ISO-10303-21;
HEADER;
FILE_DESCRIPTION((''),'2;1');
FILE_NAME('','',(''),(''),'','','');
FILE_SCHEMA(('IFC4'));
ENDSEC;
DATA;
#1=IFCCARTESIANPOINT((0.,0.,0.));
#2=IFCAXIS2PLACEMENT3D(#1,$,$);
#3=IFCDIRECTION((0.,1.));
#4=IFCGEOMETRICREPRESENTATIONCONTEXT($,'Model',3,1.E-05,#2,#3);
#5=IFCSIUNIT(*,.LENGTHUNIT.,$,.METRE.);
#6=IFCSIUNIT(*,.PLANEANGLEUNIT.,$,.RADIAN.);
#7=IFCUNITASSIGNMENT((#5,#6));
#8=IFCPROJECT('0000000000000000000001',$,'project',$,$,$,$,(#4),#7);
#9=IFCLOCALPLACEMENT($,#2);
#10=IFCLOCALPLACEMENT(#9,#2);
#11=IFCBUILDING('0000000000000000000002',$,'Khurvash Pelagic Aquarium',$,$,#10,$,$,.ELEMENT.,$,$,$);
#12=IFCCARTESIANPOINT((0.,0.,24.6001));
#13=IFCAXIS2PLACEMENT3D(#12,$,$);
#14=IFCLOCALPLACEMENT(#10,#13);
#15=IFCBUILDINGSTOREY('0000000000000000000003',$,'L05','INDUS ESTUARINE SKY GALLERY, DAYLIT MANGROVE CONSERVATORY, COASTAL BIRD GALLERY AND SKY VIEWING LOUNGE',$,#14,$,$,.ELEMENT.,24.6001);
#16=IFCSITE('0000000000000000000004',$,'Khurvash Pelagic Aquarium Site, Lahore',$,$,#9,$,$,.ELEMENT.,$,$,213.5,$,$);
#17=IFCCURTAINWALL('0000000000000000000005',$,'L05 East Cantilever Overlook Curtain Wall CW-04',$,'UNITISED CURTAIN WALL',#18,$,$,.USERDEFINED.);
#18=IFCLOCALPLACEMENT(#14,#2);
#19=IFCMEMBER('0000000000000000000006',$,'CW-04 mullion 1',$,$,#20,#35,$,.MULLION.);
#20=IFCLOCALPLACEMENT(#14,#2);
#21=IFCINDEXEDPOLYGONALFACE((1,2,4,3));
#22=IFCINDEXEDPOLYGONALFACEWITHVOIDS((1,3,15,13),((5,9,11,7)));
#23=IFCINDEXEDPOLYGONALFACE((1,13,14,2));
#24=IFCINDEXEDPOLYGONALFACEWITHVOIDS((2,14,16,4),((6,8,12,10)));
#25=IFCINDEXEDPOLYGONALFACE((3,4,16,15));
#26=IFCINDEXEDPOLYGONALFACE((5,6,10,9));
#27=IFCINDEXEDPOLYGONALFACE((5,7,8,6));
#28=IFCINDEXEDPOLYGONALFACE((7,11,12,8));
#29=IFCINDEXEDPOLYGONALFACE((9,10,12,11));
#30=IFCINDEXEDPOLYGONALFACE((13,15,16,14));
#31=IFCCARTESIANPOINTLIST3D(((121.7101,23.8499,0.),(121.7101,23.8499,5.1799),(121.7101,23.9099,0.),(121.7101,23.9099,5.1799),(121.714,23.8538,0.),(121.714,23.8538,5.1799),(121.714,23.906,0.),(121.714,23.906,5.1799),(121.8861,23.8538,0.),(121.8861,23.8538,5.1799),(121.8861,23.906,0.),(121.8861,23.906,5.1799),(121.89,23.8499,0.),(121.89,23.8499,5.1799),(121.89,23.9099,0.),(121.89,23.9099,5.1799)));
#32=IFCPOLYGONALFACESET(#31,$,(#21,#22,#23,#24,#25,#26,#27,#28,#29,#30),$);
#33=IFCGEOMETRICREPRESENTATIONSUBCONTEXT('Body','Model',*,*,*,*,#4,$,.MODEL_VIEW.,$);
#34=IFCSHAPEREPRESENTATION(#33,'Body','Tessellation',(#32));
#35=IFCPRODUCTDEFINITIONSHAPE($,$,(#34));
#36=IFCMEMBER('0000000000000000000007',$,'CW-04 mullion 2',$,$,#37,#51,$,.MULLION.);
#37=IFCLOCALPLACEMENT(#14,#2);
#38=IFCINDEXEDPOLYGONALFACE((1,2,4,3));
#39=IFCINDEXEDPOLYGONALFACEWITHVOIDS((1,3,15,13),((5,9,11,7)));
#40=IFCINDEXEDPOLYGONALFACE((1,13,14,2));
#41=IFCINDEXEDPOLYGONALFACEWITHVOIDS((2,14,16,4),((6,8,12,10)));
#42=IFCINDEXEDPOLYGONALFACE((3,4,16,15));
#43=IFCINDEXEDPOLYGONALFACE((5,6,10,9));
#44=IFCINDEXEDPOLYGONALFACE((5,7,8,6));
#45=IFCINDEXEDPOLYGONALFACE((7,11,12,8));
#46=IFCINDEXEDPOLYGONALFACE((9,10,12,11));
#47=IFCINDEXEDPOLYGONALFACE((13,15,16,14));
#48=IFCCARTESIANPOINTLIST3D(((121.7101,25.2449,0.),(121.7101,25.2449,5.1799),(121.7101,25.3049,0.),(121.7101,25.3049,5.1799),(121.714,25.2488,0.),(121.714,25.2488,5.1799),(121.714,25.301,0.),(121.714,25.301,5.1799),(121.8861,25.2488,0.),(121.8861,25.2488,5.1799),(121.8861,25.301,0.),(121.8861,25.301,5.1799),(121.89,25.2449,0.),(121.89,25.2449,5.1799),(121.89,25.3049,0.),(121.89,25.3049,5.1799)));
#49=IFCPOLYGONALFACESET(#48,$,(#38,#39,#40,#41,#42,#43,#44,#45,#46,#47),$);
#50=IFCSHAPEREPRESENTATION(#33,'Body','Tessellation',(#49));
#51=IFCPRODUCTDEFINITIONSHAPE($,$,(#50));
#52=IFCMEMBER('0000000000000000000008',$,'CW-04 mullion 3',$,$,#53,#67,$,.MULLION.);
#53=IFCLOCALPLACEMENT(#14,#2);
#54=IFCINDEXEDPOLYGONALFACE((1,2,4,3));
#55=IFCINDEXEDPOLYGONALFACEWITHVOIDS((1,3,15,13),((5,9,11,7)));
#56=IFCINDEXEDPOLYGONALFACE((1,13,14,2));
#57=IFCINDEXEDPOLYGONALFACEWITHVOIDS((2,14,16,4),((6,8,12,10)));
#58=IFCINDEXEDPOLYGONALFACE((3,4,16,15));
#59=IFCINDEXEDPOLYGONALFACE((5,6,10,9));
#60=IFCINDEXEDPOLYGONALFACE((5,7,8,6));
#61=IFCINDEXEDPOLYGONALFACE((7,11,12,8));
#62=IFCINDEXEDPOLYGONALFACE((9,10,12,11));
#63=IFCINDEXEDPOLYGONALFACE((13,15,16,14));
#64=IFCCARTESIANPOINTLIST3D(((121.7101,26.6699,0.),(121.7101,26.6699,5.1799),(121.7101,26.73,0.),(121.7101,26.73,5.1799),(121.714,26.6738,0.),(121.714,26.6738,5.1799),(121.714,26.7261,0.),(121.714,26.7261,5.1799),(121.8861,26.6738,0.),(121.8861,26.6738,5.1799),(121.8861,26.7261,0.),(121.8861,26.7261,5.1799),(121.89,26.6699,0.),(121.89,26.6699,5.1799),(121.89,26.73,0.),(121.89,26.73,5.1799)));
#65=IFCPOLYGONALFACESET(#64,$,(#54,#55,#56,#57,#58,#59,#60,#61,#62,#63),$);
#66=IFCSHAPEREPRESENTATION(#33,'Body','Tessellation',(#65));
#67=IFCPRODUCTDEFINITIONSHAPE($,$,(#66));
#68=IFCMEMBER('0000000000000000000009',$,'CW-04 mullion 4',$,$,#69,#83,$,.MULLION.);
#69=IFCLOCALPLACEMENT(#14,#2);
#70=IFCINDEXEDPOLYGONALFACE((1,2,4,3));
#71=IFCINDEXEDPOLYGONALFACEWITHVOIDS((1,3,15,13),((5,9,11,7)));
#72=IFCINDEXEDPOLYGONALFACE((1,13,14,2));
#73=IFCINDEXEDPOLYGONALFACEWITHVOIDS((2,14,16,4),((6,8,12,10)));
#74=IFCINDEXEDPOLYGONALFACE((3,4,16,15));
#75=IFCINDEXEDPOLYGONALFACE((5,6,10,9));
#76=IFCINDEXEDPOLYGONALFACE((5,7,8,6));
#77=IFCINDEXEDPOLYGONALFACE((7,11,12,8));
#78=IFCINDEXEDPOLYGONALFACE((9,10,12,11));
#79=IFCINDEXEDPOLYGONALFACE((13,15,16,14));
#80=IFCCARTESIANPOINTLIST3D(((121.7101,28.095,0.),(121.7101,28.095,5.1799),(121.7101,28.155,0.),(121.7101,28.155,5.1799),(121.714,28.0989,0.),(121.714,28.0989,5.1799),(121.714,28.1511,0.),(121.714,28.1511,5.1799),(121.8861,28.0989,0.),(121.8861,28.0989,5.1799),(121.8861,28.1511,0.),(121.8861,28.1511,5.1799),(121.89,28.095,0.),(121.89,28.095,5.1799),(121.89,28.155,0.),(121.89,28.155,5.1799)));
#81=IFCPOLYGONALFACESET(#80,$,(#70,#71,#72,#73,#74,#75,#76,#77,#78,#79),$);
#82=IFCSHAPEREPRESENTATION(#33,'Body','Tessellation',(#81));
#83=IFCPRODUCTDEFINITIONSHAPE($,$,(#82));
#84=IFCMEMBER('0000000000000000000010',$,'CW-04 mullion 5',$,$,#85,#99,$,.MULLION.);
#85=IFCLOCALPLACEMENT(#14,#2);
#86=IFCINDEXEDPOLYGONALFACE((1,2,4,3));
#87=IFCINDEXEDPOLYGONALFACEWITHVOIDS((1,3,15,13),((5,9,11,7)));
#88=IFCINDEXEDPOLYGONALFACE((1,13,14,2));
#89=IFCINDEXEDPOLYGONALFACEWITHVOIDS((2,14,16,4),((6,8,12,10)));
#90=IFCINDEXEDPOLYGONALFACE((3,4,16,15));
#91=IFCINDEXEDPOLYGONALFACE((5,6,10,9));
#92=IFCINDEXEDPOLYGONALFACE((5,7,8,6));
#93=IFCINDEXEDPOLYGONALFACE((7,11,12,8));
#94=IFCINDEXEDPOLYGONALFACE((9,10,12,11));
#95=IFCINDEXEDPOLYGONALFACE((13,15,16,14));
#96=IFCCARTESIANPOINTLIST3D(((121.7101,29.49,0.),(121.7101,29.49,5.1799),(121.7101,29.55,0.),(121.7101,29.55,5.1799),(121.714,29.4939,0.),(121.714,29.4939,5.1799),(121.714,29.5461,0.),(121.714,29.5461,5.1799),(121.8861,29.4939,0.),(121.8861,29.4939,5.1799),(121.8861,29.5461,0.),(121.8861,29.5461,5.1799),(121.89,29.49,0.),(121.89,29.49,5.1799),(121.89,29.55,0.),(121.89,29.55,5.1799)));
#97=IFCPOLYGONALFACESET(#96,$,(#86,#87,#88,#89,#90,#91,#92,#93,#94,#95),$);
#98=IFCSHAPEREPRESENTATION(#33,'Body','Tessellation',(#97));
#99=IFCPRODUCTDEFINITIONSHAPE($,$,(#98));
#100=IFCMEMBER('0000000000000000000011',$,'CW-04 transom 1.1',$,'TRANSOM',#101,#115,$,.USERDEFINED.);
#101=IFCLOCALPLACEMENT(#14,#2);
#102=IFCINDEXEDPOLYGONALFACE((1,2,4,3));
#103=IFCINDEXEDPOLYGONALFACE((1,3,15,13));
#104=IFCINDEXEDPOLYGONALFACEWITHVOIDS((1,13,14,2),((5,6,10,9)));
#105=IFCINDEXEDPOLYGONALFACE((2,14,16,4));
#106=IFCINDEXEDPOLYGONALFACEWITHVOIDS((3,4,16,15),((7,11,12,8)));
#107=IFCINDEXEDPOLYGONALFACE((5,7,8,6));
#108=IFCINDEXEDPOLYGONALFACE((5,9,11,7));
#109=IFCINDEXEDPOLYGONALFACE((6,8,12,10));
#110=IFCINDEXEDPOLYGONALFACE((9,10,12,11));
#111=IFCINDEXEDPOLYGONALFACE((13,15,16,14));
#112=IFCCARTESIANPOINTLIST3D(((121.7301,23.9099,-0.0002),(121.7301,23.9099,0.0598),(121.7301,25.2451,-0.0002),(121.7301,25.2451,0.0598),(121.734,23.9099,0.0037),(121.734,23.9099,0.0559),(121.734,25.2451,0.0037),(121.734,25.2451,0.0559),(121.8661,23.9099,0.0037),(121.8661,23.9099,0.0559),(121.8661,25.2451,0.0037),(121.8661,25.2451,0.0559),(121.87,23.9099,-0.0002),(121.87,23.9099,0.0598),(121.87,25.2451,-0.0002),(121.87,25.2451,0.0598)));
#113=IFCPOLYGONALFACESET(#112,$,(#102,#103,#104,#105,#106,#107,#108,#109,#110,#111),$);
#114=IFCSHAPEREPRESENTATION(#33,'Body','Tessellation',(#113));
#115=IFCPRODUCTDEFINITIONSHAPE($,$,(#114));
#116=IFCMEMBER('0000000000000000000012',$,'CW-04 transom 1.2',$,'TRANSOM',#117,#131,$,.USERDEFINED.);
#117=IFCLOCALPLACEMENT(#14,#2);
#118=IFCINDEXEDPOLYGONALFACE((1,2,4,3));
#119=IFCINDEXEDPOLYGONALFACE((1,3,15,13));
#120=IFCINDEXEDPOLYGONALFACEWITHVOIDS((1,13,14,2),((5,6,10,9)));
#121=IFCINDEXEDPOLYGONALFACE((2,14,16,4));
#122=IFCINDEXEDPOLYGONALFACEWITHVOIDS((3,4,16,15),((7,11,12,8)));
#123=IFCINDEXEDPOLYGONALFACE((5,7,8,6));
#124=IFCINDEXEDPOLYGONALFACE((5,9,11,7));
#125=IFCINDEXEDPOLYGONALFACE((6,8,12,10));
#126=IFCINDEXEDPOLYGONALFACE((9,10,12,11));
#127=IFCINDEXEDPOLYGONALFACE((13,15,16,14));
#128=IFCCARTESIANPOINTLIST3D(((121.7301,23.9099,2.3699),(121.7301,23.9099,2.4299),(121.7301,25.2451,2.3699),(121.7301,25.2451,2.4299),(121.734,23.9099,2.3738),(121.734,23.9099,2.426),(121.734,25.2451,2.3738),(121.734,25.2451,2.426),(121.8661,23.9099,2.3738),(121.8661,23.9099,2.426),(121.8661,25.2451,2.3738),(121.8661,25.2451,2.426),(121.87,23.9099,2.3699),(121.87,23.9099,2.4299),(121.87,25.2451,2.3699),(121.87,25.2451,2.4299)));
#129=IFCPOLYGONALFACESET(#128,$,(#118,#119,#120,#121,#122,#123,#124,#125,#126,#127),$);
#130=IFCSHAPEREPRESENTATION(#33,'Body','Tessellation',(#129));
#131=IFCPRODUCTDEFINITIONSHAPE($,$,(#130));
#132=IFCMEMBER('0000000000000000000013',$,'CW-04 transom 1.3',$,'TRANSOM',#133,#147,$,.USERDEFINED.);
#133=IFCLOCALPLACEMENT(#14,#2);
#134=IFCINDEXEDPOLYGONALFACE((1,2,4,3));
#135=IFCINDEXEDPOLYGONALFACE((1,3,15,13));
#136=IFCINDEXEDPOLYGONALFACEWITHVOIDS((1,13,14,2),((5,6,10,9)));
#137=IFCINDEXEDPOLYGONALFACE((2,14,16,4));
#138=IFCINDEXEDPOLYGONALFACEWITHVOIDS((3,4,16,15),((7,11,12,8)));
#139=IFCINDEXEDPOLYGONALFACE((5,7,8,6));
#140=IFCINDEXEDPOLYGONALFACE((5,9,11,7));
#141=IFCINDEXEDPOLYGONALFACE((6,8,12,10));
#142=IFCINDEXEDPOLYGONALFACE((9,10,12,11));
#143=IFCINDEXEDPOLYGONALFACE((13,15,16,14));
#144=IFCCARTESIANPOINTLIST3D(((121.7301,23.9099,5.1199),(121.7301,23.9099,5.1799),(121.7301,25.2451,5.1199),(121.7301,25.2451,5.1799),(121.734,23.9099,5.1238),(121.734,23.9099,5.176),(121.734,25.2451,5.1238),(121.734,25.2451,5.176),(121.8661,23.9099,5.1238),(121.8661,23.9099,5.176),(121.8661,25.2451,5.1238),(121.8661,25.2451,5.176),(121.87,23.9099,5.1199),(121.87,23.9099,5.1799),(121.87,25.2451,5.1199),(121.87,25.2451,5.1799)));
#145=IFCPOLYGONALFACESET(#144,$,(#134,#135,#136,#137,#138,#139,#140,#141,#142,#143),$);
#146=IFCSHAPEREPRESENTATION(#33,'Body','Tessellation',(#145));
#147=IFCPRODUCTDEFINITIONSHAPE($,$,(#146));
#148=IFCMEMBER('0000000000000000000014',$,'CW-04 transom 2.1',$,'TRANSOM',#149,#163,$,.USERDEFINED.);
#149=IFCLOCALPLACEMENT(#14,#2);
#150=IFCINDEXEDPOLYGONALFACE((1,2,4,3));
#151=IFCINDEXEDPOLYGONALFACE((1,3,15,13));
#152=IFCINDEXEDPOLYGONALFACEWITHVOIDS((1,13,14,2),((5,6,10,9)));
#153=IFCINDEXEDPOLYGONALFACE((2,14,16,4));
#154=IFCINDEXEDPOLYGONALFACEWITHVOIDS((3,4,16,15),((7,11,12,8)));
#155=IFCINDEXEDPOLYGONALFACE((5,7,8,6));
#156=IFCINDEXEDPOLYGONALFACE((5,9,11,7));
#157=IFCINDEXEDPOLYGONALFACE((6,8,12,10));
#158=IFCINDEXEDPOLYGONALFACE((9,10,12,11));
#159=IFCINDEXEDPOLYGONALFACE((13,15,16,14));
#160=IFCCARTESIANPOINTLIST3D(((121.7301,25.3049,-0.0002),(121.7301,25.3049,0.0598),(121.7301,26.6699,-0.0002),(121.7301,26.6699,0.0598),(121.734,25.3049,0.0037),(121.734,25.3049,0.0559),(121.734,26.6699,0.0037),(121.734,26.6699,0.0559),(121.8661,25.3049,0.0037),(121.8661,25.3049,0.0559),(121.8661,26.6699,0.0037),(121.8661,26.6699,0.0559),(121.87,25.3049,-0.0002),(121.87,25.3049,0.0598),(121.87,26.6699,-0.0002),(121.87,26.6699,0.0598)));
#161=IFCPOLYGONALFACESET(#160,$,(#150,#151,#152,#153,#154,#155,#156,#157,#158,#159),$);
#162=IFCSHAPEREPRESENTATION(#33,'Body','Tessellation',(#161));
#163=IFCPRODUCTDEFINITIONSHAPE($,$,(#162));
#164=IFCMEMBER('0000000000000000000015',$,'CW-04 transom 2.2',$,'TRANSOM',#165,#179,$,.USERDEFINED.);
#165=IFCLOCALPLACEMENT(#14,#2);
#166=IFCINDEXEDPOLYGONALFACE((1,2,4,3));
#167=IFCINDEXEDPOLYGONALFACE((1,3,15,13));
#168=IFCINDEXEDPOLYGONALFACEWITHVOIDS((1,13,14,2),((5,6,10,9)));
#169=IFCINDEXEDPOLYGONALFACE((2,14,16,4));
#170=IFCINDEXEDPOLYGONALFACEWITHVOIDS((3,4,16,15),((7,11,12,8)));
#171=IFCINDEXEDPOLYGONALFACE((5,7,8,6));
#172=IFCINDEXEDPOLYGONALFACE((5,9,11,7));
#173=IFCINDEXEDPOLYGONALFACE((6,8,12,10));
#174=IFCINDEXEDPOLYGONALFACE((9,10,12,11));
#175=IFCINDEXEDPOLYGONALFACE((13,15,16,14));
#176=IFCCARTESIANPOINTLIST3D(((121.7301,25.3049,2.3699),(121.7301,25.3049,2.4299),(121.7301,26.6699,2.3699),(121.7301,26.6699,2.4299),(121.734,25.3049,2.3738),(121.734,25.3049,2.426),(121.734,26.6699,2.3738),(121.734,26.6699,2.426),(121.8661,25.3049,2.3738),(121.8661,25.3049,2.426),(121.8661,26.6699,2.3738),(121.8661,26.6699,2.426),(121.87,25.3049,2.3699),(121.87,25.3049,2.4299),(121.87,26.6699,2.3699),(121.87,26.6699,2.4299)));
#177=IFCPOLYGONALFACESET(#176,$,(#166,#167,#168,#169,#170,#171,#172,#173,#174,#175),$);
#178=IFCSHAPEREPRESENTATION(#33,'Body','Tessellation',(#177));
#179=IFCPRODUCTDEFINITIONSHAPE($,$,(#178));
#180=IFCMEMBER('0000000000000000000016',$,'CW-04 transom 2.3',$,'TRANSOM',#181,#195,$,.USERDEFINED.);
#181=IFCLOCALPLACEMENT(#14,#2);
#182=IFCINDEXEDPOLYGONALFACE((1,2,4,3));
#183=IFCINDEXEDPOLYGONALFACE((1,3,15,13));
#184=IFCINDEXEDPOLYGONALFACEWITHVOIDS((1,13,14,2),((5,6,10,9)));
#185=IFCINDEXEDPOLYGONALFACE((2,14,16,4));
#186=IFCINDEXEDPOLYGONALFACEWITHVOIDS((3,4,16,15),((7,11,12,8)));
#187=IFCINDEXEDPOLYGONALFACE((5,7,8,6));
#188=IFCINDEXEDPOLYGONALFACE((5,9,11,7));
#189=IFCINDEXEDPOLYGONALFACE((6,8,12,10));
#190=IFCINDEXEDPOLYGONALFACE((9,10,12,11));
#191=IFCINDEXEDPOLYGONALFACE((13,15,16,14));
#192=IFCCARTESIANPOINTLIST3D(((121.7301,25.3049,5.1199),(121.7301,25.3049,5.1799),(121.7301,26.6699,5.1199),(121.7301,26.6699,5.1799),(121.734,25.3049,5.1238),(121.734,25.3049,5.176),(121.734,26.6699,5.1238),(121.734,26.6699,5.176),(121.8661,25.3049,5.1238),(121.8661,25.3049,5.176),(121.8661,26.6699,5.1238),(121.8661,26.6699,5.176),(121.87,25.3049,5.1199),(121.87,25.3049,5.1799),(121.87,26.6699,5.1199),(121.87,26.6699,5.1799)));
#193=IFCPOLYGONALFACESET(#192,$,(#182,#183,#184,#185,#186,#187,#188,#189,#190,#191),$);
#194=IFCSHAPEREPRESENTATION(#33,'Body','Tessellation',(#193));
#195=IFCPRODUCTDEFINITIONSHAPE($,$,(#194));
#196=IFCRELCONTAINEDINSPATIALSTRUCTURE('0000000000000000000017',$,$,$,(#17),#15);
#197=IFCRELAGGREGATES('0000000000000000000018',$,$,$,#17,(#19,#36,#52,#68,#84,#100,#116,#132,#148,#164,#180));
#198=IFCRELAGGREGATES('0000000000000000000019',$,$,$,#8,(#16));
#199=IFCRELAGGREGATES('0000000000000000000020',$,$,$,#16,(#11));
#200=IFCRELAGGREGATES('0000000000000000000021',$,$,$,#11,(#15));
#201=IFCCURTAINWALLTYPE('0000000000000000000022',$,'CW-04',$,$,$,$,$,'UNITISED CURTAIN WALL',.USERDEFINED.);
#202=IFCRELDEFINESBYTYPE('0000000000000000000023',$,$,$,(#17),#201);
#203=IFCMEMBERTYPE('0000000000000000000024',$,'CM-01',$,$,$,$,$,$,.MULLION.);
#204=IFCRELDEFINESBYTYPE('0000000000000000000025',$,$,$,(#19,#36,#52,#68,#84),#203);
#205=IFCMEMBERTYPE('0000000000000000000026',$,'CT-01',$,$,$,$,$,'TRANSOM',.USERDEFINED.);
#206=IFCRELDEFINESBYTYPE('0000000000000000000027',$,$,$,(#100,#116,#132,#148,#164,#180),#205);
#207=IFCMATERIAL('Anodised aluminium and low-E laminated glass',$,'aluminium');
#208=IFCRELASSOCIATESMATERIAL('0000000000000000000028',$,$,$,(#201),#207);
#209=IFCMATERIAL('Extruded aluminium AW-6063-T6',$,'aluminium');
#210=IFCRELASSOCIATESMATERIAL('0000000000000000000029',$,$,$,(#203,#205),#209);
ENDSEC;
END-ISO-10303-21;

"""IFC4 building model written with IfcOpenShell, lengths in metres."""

from ifc_helpers import new_model, si_unit, direction, frame, origin, origin_2d, place, context, subcontext, project, spatial, hollow_rectangle, extrude, material, material_profile, profile_set, type_object, element, aggregate, save


model = new_model("IFC4")

# Units and contexts
model_context = context("Model", 3, precision=1e-05, world=origin(), true_north=direction((0.0, 1.0)))
body_context = subcontext(model_context, "Body", "Model", "MODEL_VIEW")
ifc_project = project(units=[si_unit("LENGTHUNIT", "METRE"), si_unit("PLANEANGLEUNIT", "RADIAN")], contexts=[model_context])

# Site, building, storey
site_placement = place(None, origin())
site = spatial("IfcSite", under=ifc_project, at=site_placement, Name="Khurvash Pelagic Aquarium Site, Lahore", CompositionType="ELEMENT", RefElevation=213.5)
building_placement = place(site_placement, origin())
building = spatial("IfcBuilding", under=site, at=building_placement, Name="Khurvash Pelagic Aquarium", CompositionType="ELEMENT")
storey_placement = place(building_placement, frame((0.0, 0.0, 24.6001)))
storey = spatial("IfcBuildingStorey", under=building, at=storey_placement, Name="L05", Description="INDUS ESTUARINE SKY GALLERY, DAYLIT MANGROVE CONSERVATORY, COASTAL BIRD GALLERY AND SKY VIEWING LOUNGE", CompositionType="ELEMENT", Elevation=24.6001)

# Curtain wall, members
ifc_material_1 = material(Name="Anodised aluminium and low-E laminated glass", Category="aluminium")
curtain_wall_type = type_object("IfcCurtainWallType", Name="CW-04", ElementType="UNITISED CURTAIN WALL", PredefinedType="USERDEFINED", material=ifc_material_1)
curtain_wall_placement = place(storey_placement, origin())
curtain_wall = element("IfcCurtainWall", 1, at=curtain_wall_placement, inside=storey, type_object=curtain_wall_type, Name="L05 East Cantilever Overlook Curtain Wall CW-04", ObjectType="UNITISED CURTAIN WALL", PredefinedType="USERDEFINED")
ifc_material_2 = material(Name="Extruded aluminium AW-6063-T6", Category="aluminium")
ifc_material_profile_1 = material_profile(ifc_material_2, hollow_rectangle(XDim=0.0601, YDim=0.1799, WallThickness=0.0039, at=origin_2d()), Name="CWM60X180X4")
ifc_profile_set_1 = profile_set([ifc_material_profile_1], Name="Extruded aluminium AW-6063-T6")
member_type_1 = type_object("IfcMemberType", Name="CM-01", PredefinedType="MULLION", material=ifc_profile_set_1)
member_1_placement = place(storey_placement, frame((121.8, 23.8799, 0.0), z_axis=(0.0, 0.0, 1.0), x_axis=(0.0, 1.0, 0.0)))
member_1 = element("IfcMember", 2, at=member_1_placement, type_object=member_type_1, Name="CW-04 mullion 1", PredefinedType="MULLION", context=body_context, shape_type="SweptSolid", body=[
    extrude(hollow_rectangle(XDim=0.0601, YDim=0.1799, WallThickness=0.0039, at=origin_2d()), origin(), (0.0, 0.0, 1.0), 5.1799),
])
member_2_placement = place(storey_placement, frame((121.8, 25.2749, 0.0), z_axis=(0.0, 0.0, 1.0), x_axis=(0.0, 1.0, 0.0)))
member_2 = element("IfcMember", 3, at=member_2_placement, type_object=member_type_1, Name="CW-04 mullion 2", PredefinedType="MULLION", context=body_context, shape_type="SweptSolid", body=[
    extrude(hollow_rectangle(XDim=0.0601, YDim=0.1799, WallThickness=0.0039, at=origin_2d()), origin(), (0.0, 0.0, 1.0), 5.1799),
])
member_3_placement = place(storey_placement, frame((121.8, 26.7, 0.0), z_axis=(0.0, 0.0, 1.0), x_axis=(0.0, 1.0, 0.0)))
member_3 = element("IfcMember", 4, at=member_3_placement, type_object=member_type_1, Name="CW-04 mullion 3", PredefinedType="MULLION", context=body_context, shape_type="SweptSolid", body=[
    extrude(hollow_rectangle(XDim=0.0601, YDim=0.1799, WallThickness=0.0039, at=origin_2d()), origin(), (0.0, 0.0, 1.0), 5.1799),
])
member_4_placement = place(storey_placement, frame((121.8, 28.125, 0.0), z_axis=(0.0, 0.0, 1.0), x_axis=(0.0, 1.0, 0.0)))
member_4 = element("IfcMember", 5, at=member_4_placement, type_object=member_type_1, Name="CW-04 mullion 4", PredefinedType="MULLION", context=body_context, shape_type="SweptSolid", body=[
    extrude(hollow_rectangle(XDim=0.0601, YDim=0.1799, WallThickness=0.0039, at=origin_2d()), origin(), (0.0, 0.0, 1.0), 5.1799),
])
member_5_placement = place(storey_placement, frame((121.8, 29.52, 0.0), z_axis=(0.0, 0.0, 1.0), x_axis=(0.0, 1.0, 0.0)))
member_5 = element("IfcMember", 6, at=member_5_placement, type_object=member_type_1, Name="CW-04 mullion 5", PredefinedType="MULLION", context=body_context, shape_type="SweptSolid", body=[
    extrude(hollow_rectangle(XDim=0.0601, YDim=0.1799, WallThickness=0.0039, at=origin_2d()), origin(), (0.0, 0.0, 1.0), 5.1799),
])
ifc_material_profile_2 = material_profile(ifc_material_2, hollow_rectangle(XDim=0.1399, YDim=0.0601, WallThickness=0.0039, at=origin_2d()), Name="CWT140X60X4")
ifc_profile_set_2 = profile_set([ifc_material_profile_2], Name="Extruded aluminium AW-6063-T6")
member_type_2 = type_object("IfcMemberType", Name="CT-01", ElementType="TRANSOM", PredefinedType="USERDEFINED", material=ifc_profile_set_2)
member_6_placement = place(storey_placement, frame((121.8, 23.9099, 0.0298), z_axis=(0.0, 1.0, 0.0), x_axis=(-1.0, 0.0, 0.0)))
member_6 = element("IfcMember", 7, at=member_6_placement, type_object=member_type_2, Name="CW-04 transom 1.1", ObjectType="TRANSOM", PredefinedType="USERDEFINED", context=body_context, shape_type="SweptSolid", body=[
    extrude(hollow_rectangle(XDim=0.1399, YDim=0.0601, WallThickness=0.0039, at=origin_2d()), origin(), (0.0, 0.0, 1.0), 1.3352),
])
member_7_placement = place(storey_placement, frame((121.8, 23.9099, 2.3999), z_axis=(0.0, 1.0, 0.0), x_axis=(-1.0, 0.0, 0.0)))
member_7 = element("IfcMember", 8, at=member_7_placement, type_object=member_type_2, Name="CW-04 transom 1.2", ObjectType="TRANSOM", PredefinedType="USERDEFINED", context=body_context, shape_type="SweptSolid", body=[
    extrude(hollow_rectangle(XDim=0.1399, YDim=0.0601, WallThickness=0.0039, at=origin_2d()), origin(), (0.0, 0.0, 1.0), 1.3352),
])
member_8_placement = place(storey_placement, frame((121.8, 23.9099, 5.1499), z_axis=(0.0, 1.0, 0.0), x_axis=(-1.0, 0.0, 0.0)))
member_8 = element("IfcMember", 9, at=member_8_placement, type_object=member_type_2, Name="CW-04 transom 1.3", ObjectType="TRANSOM", PredefinedType="USERDEFINED", context=body_context, shape_type="SweptSolid", body=[
    extrude(hollow_rectangle(XDim=0.1399, YDim=0.0601, WallThickness=0.0039, at=origin_2d()), origin(), (0.0, 0.0, 1.0), 1.3352),
])
member_9_placement = place(storey_placement, frame((121.8, 25.3049, 0.0298), z_axis=(0.0, 1.0, 0.0), x_axis=(-1.0, 0.0, 0.0)))
member_9 = element("IfcMember", 10, at=member_9_placement, type_object=member_type_2, Name="CW-04 transom 2.1", ObjectType="TRANSOM", PredefinedType="USERDEFINED", context=body_context, shape_type="SweptSolid", body=[
    extrude(hollow_rectangle(XDim=0.1399, YDim=0.0601, WallThickness=0.0039, at=origin_2d()), origin(), (0.0, 0.0, 1.0), 1.365),
])
member_10_placement = place(storey_placement, frame((121.8, 25.3049, 2.3999), z_axis=(0.0, 1.0, 0.0), x_axis=(-1.0, 0.0, 0.0)))
member_10 = element("IfcMember", 11, at=member_10_placement, type_object=member_type_2, Name="CW-04 transom 2.2", ObjectType="TRANSOM", PredefinedType="USERDEFINED", context=body_context, shape_type="SweptSolid", body=[
    extrude(hollow_rectangle(XDim=0.1399, YDim=0.0601, WallThickness=0.0039, at=origin_2d()), origin(), (0.0, 0.0, 1.0), 1.365),
])
member_11_placement = place(storey_placement, frame((121.8, 25.3049, 5.1499), z_axis=(0.0, 1.0, 0.0), x_axis=(-1.0, 0.0, 0.0)))
member_11 = element("IfcMember", 12, at=member_11_placement, type_object=member_type_2, Name="CW-04 transom 2.3", ObjectType="TRANSOM", PredefinedType="USERDEFINED", context=body_context, shape_type="SweptSolid", body=[
    extrude(hollow_rectangle(XDim=0.1399, YDim=0.0601, WallThickness=0.0039, at=origin_2d()), origin(), (0.0, 0.0, 1.0), 1.365),
])
aggregate(curtain_wall, [member_1, member_2, member_3, member_4, member_5, member_6, member_7, member_8, member_9, member_10, member_11])

save(model, "model.ifc")
